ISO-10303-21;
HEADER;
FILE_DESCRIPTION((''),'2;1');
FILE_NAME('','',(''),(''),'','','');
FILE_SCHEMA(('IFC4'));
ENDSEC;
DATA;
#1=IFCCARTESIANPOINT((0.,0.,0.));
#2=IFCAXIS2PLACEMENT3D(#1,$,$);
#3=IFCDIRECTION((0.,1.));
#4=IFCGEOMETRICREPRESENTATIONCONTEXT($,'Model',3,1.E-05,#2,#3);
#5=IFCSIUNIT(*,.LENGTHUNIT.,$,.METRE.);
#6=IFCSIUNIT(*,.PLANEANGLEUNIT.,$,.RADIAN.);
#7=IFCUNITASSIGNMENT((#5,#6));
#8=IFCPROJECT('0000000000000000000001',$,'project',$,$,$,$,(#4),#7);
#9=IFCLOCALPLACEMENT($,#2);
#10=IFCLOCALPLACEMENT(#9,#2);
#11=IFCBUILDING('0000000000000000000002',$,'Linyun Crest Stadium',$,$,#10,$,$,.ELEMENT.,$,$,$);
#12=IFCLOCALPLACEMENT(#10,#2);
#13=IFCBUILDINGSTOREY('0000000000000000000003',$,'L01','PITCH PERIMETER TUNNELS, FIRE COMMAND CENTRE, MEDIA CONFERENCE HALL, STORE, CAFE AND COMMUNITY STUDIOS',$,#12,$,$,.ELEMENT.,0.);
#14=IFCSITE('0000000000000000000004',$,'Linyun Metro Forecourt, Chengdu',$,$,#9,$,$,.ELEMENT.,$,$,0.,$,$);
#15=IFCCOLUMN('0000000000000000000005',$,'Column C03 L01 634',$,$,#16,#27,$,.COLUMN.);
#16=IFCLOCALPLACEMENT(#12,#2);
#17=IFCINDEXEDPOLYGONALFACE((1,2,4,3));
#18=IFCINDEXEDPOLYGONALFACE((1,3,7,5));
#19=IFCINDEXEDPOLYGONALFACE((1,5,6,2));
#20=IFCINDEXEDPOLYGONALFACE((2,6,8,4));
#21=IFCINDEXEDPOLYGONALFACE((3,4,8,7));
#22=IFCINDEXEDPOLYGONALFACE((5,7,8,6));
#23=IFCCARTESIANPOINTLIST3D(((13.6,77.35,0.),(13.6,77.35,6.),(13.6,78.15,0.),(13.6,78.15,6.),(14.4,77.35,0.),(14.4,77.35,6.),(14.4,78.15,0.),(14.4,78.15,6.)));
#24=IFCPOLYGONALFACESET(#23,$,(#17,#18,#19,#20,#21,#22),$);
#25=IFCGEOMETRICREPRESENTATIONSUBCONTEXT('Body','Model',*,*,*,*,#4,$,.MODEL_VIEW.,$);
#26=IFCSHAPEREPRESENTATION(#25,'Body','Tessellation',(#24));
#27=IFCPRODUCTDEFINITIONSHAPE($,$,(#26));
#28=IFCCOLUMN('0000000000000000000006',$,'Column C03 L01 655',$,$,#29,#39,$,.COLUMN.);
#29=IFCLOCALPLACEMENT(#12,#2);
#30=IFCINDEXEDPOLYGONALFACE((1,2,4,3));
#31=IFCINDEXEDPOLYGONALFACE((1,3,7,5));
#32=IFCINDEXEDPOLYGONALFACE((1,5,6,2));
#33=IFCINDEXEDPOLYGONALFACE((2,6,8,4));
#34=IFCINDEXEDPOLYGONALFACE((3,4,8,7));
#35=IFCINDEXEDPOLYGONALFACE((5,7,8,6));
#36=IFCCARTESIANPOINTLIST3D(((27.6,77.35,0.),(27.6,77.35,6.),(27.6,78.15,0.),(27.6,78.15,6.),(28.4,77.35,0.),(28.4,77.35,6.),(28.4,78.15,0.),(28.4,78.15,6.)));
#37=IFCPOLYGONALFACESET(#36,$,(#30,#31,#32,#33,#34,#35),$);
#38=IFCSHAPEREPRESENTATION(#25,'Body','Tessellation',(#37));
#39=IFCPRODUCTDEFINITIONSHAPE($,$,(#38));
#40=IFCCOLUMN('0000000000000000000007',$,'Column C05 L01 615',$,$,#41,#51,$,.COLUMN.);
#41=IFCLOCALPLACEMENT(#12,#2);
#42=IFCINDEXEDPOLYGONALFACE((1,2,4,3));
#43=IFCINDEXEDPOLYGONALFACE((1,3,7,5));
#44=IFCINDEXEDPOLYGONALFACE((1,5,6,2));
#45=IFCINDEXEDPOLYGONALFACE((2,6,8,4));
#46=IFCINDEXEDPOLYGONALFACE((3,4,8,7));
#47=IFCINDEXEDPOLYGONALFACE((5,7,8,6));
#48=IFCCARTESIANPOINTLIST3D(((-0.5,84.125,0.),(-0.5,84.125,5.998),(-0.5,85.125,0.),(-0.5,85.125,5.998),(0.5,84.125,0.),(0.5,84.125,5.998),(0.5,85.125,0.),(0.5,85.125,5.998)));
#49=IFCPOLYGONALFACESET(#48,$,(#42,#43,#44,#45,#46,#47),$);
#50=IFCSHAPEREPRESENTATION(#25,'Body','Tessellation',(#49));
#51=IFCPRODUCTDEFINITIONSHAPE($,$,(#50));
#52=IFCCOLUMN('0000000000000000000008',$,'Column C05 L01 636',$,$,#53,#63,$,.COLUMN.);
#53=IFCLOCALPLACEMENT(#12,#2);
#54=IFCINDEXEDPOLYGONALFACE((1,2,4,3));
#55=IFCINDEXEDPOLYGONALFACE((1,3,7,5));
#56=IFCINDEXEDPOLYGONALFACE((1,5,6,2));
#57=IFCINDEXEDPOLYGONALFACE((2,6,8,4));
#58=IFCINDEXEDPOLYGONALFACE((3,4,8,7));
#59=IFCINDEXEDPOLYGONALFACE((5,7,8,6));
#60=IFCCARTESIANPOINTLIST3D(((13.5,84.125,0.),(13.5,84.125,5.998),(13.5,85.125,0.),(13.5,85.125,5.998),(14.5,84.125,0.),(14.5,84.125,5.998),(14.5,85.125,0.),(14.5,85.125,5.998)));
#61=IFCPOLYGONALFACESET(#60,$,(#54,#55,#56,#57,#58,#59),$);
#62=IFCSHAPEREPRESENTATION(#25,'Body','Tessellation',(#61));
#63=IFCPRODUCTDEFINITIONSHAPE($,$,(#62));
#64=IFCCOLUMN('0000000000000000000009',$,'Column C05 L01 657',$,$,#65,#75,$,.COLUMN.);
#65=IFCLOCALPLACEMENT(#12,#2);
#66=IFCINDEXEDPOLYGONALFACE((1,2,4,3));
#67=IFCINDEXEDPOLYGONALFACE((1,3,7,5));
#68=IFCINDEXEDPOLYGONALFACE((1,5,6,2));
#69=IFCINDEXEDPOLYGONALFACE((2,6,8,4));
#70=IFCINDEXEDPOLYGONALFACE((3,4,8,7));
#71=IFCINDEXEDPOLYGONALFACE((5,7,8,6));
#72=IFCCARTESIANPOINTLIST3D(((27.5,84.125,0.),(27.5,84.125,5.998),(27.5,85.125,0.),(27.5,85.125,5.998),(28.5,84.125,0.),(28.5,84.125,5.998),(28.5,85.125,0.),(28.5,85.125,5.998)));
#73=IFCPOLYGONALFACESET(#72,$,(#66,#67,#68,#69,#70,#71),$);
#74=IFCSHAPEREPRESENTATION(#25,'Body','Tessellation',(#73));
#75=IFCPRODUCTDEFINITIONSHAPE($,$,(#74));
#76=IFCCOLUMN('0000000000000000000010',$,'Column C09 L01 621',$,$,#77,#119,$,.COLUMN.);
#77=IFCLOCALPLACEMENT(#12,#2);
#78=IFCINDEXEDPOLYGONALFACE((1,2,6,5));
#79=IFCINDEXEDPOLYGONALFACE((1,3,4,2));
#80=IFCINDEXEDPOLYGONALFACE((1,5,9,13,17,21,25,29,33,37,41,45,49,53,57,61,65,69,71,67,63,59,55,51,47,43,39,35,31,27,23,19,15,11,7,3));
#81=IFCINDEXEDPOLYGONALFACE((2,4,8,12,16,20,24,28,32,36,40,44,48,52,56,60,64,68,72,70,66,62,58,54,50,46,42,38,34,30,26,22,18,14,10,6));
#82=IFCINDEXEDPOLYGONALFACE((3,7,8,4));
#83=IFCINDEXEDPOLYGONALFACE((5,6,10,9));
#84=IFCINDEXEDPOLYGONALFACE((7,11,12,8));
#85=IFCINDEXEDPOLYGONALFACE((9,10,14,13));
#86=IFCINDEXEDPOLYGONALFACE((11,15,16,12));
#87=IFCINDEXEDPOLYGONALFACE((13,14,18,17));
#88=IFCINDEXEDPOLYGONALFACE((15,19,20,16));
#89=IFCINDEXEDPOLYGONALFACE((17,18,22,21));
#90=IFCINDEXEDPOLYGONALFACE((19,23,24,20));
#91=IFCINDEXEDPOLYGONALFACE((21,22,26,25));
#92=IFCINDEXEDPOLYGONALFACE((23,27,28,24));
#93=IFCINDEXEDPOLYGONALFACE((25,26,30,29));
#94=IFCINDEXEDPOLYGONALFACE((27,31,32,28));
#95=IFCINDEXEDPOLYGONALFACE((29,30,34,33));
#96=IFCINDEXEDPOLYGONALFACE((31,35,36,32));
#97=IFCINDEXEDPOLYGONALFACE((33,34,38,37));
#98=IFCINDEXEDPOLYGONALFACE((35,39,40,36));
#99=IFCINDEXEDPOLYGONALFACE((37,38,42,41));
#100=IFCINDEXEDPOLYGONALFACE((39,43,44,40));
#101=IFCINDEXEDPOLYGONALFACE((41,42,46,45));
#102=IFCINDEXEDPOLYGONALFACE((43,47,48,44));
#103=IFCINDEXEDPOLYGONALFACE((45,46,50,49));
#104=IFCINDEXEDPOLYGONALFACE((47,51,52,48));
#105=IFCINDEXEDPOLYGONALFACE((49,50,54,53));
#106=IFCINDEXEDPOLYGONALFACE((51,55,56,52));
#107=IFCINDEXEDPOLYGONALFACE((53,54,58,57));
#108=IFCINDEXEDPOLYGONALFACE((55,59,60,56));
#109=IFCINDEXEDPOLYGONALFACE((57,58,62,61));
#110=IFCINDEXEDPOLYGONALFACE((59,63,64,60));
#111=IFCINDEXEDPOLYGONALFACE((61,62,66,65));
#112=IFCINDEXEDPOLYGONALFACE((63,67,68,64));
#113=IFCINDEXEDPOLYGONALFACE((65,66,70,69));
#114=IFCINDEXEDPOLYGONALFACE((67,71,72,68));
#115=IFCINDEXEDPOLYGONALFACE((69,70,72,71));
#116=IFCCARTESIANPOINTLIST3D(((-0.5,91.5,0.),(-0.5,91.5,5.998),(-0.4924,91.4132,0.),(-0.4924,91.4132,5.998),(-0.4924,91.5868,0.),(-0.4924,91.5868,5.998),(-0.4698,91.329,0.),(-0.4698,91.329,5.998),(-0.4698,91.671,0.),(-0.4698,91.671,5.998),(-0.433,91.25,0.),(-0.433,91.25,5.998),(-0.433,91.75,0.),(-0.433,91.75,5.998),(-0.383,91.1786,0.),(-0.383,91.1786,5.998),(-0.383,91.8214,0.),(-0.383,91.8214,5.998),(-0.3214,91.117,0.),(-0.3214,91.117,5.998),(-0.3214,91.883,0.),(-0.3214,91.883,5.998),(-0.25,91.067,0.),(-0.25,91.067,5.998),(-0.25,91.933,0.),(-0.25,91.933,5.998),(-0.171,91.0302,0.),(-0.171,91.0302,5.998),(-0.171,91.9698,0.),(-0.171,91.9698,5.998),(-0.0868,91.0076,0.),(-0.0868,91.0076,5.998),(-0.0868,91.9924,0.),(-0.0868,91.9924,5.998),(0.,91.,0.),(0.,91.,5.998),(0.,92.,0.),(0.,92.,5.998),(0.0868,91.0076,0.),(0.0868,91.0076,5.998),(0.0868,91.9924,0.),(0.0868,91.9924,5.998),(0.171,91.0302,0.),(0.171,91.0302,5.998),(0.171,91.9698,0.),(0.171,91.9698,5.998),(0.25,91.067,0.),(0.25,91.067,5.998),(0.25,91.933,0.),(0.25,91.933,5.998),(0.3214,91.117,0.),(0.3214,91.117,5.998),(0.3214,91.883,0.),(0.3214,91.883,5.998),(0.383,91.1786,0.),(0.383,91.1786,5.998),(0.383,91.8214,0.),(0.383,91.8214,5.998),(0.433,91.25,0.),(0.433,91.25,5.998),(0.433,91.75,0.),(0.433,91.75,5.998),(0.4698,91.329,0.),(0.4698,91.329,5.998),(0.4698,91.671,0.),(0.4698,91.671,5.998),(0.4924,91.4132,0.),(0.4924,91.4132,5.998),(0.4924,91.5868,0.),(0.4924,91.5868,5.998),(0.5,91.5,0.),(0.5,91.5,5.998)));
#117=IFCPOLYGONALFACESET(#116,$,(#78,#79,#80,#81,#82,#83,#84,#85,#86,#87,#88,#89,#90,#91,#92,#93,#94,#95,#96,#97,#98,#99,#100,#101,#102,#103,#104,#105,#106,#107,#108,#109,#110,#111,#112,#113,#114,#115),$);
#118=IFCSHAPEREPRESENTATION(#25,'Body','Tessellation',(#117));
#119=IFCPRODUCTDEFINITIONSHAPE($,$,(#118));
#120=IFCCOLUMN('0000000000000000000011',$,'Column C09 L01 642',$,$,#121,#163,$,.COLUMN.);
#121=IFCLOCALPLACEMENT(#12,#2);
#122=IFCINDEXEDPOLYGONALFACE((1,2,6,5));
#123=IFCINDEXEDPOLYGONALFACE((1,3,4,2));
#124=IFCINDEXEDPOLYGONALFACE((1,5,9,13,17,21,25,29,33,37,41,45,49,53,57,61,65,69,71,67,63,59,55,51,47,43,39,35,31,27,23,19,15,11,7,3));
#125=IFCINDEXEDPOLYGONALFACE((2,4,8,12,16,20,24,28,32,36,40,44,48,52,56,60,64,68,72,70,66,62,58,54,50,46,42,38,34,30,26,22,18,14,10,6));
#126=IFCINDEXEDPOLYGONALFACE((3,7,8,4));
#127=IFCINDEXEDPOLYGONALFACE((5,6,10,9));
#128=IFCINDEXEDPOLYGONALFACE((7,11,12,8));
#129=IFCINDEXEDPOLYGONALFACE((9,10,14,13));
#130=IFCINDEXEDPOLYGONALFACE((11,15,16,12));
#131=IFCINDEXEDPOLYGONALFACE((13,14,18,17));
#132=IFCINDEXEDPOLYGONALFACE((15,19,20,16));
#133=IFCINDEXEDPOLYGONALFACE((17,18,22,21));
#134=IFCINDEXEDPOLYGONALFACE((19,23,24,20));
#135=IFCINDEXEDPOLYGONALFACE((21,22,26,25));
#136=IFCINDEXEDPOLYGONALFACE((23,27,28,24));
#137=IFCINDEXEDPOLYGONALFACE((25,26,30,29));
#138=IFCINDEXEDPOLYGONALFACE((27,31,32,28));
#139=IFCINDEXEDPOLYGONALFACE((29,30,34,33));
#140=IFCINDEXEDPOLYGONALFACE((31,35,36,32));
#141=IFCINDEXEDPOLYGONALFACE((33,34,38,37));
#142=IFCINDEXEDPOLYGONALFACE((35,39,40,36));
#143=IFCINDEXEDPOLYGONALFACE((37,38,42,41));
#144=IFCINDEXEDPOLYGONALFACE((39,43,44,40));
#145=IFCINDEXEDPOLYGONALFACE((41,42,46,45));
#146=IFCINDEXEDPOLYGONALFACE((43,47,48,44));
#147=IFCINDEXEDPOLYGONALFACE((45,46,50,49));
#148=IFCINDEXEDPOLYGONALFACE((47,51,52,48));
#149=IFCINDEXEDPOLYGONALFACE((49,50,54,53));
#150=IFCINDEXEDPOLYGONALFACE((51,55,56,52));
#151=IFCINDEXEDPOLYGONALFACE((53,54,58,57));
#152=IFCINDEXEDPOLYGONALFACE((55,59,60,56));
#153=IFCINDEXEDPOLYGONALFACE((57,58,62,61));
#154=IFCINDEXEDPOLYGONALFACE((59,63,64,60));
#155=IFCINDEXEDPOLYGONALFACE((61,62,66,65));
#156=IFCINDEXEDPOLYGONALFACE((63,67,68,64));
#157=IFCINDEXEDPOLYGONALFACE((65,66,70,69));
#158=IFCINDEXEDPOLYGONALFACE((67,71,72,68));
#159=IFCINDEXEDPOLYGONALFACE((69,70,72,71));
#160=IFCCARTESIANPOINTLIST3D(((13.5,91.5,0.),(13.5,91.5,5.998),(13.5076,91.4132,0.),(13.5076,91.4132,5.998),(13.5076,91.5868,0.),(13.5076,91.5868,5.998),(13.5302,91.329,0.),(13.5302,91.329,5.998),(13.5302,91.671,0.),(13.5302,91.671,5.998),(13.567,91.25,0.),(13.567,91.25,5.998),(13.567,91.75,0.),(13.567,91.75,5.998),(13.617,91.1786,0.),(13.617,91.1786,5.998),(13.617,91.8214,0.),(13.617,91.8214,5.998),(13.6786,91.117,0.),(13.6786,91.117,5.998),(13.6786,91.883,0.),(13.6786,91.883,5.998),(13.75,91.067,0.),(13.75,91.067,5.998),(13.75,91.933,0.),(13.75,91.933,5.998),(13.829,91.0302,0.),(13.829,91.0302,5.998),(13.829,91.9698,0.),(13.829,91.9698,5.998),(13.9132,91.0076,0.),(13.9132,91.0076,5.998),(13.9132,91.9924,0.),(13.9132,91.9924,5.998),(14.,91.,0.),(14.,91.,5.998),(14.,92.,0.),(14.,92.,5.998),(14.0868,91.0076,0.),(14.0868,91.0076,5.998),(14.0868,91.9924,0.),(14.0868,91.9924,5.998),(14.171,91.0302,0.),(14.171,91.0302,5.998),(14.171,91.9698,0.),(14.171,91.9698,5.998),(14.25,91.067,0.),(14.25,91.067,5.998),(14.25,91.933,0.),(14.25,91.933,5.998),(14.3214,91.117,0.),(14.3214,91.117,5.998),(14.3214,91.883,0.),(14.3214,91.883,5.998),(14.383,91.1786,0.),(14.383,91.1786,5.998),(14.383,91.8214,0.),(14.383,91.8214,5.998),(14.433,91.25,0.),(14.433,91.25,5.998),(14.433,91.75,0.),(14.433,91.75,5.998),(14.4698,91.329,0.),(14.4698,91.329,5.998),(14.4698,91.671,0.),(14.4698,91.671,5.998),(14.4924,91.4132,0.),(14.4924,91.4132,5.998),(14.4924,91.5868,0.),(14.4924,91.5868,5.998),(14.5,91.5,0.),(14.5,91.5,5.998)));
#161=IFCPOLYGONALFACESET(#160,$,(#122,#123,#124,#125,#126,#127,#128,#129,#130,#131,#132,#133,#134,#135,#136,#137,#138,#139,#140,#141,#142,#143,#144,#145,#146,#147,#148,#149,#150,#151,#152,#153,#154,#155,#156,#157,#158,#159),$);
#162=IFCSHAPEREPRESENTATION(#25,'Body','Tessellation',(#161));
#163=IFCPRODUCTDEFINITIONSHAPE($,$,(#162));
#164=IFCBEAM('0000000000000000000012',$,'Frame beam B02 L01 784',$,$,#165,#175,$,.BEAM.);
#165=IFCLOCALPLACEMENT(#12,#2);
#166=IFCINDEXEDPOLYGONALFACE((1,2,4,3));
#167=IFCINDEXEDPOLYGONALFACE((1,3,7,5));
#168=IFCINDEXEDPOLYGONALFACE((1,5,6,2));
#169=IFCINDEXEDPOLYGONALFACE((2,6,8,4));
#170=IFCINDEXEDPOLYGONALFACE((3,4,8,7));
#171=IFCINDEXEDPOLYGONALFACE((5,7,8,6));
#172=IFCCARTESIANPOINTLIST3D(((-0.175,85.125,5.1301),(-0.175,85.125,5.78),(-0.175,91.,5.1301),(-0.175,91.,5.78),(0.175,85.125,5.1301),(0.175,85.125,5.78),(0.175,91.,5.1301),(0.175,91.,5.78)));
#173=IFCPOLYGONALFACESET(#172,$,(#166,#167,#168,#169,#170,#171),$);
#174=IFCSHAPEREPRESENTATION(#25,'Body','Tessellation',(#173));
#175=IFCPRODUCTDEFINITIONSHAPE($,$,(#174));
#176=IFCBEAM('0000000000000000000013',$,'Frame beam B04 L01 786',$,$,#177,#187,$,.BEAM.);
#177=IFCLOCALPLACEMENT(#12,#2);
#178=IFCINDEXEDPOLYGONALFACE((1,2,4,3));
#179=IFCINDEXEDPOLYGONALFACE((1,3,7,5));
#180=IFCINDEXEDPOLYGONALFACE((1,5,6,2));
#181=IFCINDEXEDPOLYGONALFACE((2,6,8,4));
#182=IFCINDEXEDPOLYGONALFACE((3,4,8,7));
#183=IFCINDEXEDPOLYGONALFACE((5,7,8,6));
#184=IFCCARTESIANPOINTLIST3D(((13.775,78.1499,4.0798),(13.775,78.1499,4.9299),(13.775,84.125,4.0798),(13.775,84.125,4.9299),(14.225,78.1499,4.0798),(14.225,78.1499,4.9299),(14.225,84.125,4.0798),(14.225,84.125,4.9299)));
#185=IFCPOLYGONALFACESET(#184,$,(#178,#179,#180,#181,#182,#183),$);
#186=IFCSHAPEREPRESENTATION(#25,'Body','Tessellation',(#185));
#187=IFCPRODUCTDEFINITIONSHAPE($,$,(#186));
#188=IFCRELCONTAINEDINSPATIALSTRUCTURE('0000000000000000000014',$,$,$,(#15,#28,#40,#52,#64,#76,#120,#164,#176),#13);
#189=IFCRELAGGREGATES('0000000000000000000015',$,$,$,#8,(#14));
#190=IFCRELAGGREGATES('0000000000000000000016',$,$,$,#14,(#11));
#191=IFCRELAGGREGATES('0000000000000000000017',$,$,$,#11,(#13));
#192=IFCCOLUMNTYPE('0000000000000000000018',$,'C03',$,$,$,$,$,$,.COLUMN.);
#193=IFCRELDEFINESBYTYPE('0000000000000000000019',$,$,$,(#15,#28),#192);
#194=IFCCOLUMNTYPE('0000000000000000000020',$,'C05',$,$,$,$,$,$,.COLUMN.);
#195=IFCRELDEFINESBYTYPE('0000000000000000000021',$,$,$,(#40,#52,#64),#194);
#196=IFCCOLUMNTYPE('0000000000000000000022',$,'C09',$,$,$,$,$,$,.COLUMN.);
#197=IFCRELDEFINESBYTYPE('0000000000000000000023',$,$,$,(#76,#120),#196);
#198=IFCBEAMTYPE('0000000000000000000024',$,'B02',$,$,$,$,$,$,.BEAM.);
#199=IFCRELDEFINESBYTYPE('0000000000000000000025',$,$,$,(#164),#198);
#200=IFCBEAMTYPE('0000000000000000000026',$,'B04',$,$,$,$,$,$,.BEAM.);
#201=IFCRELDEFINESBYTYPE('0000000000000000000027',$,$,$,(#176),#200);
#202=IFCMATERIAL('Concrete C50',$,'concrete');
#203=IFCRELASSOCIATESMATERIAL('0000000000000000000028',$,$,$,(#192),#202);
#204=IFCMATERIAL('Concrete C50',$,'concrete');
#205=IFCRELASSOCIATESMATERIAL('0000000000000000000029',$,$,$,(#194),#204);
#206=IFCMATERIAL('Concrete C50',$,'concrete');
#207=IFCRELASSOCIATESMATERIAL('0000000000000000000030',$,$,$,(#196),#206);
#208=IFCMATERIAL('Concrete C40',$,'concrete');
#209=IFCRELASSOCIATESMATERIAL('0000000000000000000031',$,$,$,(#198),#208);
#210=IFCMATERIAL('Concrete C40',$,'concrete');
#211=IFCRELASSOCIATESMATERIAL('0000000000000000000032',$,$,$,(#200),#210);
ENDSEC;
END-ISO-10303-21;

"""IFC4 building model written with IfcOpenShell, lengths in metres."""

from ifc_helpers import new_model, si_unit, direction, frame, origin, origin_2d, place, context, subcontext, project, spatial, rectangle, circle, extrude, material, material_profile, profile_set, type_object, element, save


model = new_model("IFC4")

# Units and contexts
model_context = context("Model", 3, precision=1e-05, world=origin(), true_north=direction((0.0, 1.0)))
body_context = subcontext(model_context, "Body", "Model", "MODEL_VIEW")
ifc_project = project(units=[si_unit("LENGTHUNIT", "METRE"), si_unit("PLANEANGLEUNIT", "RADIAN")], contexts=[model_context])

# Site, building, storey
site_placement = place(None, origin())
site = spatial("IfcSite", under=ifc_project, at=site_placement, Name="Linyun Metro Forecourt, Chengdu", CompositionType="ELEMENT", RefElevation=0.0)
building_placement = place(site_placement, origin())
building = spatial("IfcBuilding", under=site, at=building_placement, Name="Linyun Crest Stadium", CompositionType="ELEMENT")
storey_placement = place(building_placement, origin())
storey = spatial("IfcBuildingStorey", under=building, at=storey_placement, Name="L01", Description="PITCH PERIMETER TUNNELS, FIRE COMMAND CENTRE, MEDIA CONFERENCE HALL, STORE, CAFE AND COMMUNITY STUDIOS", CompositionType="ELEMENT", Elevation=0.0)

# Columns
ifc_material_1 = material(Name="Concrete C50", Category="concrete")
ifc_material_profile_1 = material_profile(ifc_material_1, rectangle(XDim=0.8, YDim=0.8, at=origin_2d()), Name="RC 800x800")
ifc_profile_set_1 = profile_set([ifc_material_profile_1], Name="Concrete C50")
column_type_1 = type_object("IfcColumnType", Name="C03", PredefinedType="COLUMN", material=ifc_profile_set_1)
for number, where, z_axis, x_axis, name in (
    (1, (14.0, 77.75, 0.0), (0.0, 0.0, 1.0), (1.0, 0.0, 0.0), "Column C03 L01 634"),
    (2, (28.0, 77.75, 0.0), (0.0, 0.0, 1.0), (1.0, 0.0, 0.0), "Column C03 L01 655"),
):
    element("IfcColumn", number, at=place(storey_placement, frame(where, z_axis=z_axis, x_axis=x_axis)), inside=storey, type_object=column_type_1, Name=name, PredefinedType="COLUMN", context=body_context, shape_type="SweptSolid", body=[
        extrude(rectangle(XDim=0.8, YDim=0.8, at=origin_2d()), origin(), (0.0, 0.0, 1.0), 6.0),
    ])
ifc_material_2 = material(Name="Concrete C50", Category="concrete")
ifc_material_profile_2 = material_profile(ifc_material_2, rectangle(XDim=1.0, YDim=1.0, at=origin_2d()), Name="RC 1000x1000")
ifc_profile_set_2 = profile_set([ifc_material_profile_2], Name="Concrete C50")
column_type_2 = type_object("IfcColumnType", Name="C05", PredefinedType="COLUMN", material=ifc_profile_set_2)
for number, where, z_axis, x_axis, name in (
    (3, (0.0, 84.625, 0.0), (0.0, 0.0, 1.0), (1.0, 0.0, 0.0), "Column C05 L01 615"),
    (4, (14.0, 84.625, 0.0), (0.0, 0.0, 1.0), (1.0, 0.0, 0.0), "Column C05 L01 636"),
    (5, (28.0, 84.625, 0.0), (0.0, 0.0, 1.0), (1.0, 0.0, 0.0), "Column C05 L01 657"),
):
    element("IfcColumn", number, at=place(storey_placement, frame(where, z_axis=z_axis, x_axis=x_axis)), inside=storey, type_object=column_type_2, Name=name, PredefinedType="COLUMN", context=body_context, shape_type="SweptSolid", body=[
        extrude(rectangle(XDim=1.0, YDim=1.0, at=origin_2d()), origin(), (0.0, 0.0, 1.0), 5.998),
    ])
ifc_material_3 = material(Name="Concrete C50", Category="concrete")
ifc_material_profile_3 = material_profile(ifc_material_3, circle(Radius=0.5, at=origin_2d()), Name="RC D1000")
ifc_profile_set_3 = profile_set([ifc_material_profile_3], Name="Concrete C50")
column_type_3 = type_object("IfcColumnType", Name="C09", PredefinedType="COLUMN", material=ifc_profile_set_3)
for number, where, z_axis, x_axis, name in (
    (6, (0.0, 91.5, 0.0), (0.0, 0.0, 1.0), (1.0, 0.0, 0.0), "Column C09 L01 621"),
    (7, (14.0, 91.5, 0.0), (0.0, 0.0, 1.0), (1.0, 0.0, 0.0), "Column C09 L01 642"),
):
    element("IfcColumn", number, at=place(storey_placement, frame(where, z_axis=z_axis, x_axis=x_axis)), inside=storey, type_object=column_type_3, Name=name, PredefinedType="COLUMN", context=body_context, shape_type="SweptSolid", body=[
        extrude(circle(Radius=0.5, at=origin_2d()), origin(), (0.0, 0.0, 1.0), 5.998),
    ])

# Beams
ifc_material_4 = material(Name="Concrete C40", Category="concrete")
ifc_material_profile_4 = material_profile(ifc_material_4, rectangle(XDim=0.3501, YDim=0.6499, at=origin_2d()), Name="RCB 650x350")
ifc_profile_set_4 = profile_set([ifc_material_profile_4], Name="Concrete C40")
beam_type_1 = type_object("IfcBeamType", Name="B02", PredefinedType="BEAM", material=ifc_profile_set_4)
beam_1_placement = place(storey_placement, frame((0.0, 85.125, 5.4551), z_axis=(0.0, 1.0, 0.0), x_axis=(-1.0, 0.0, 0.0)))
element("IfcBeam", 8, at=beam_1_placement, inside=storey, type_object=beam_type_1, Name="Frame beam B02 L01 784", PredefinedType="BEAM", context=body_context, shape_type="SweptSolid", body=[
    extrude(rectangle(XDim=0.3501, YDim=0.6499, at=origin_2d()), origin(), (0.0, 0.0, 1.0), 5.875),
])
ifc_material_5 = material(Name="Concrete C40", Category="concrete")
ifc_material_profile_5 = material_profile(ifc_material_5, rectangle(XDim=0.45, YDim=0.8501, at=origin_2d()), Name="RCB 850x450")
ifc_profile_set_5 = profile_set([ifc_material_profile_5], Name="Concrete C40")
beam_type_2 = type_object("IfcBeamType", Name="B04", PredefinedType="BEAM", material=ifc_profile_set_5)
beam_2_placement = place(storey_placement, frame((14.0, 78.1499, 4.5049), z_axis=(0.0, 1.0, 0.0), x_axis=(-1.0, 0.0, 0.0)))
element("IfcBeam", 9, at=beam_2_placement, inside=storey, type_object=beam_type_2, Name="Frame beam B04 L01 786", PredefinedType="BEAM", context=body_context, shape_type="SweptSolid", body=[
    extrude(rectangle(XDim=0.45, YDim=0.8501, at=origin_2d()), origin(), (0.0, 0.0, 1.0), 5.9751),
])

save(model, "model.ifc")
